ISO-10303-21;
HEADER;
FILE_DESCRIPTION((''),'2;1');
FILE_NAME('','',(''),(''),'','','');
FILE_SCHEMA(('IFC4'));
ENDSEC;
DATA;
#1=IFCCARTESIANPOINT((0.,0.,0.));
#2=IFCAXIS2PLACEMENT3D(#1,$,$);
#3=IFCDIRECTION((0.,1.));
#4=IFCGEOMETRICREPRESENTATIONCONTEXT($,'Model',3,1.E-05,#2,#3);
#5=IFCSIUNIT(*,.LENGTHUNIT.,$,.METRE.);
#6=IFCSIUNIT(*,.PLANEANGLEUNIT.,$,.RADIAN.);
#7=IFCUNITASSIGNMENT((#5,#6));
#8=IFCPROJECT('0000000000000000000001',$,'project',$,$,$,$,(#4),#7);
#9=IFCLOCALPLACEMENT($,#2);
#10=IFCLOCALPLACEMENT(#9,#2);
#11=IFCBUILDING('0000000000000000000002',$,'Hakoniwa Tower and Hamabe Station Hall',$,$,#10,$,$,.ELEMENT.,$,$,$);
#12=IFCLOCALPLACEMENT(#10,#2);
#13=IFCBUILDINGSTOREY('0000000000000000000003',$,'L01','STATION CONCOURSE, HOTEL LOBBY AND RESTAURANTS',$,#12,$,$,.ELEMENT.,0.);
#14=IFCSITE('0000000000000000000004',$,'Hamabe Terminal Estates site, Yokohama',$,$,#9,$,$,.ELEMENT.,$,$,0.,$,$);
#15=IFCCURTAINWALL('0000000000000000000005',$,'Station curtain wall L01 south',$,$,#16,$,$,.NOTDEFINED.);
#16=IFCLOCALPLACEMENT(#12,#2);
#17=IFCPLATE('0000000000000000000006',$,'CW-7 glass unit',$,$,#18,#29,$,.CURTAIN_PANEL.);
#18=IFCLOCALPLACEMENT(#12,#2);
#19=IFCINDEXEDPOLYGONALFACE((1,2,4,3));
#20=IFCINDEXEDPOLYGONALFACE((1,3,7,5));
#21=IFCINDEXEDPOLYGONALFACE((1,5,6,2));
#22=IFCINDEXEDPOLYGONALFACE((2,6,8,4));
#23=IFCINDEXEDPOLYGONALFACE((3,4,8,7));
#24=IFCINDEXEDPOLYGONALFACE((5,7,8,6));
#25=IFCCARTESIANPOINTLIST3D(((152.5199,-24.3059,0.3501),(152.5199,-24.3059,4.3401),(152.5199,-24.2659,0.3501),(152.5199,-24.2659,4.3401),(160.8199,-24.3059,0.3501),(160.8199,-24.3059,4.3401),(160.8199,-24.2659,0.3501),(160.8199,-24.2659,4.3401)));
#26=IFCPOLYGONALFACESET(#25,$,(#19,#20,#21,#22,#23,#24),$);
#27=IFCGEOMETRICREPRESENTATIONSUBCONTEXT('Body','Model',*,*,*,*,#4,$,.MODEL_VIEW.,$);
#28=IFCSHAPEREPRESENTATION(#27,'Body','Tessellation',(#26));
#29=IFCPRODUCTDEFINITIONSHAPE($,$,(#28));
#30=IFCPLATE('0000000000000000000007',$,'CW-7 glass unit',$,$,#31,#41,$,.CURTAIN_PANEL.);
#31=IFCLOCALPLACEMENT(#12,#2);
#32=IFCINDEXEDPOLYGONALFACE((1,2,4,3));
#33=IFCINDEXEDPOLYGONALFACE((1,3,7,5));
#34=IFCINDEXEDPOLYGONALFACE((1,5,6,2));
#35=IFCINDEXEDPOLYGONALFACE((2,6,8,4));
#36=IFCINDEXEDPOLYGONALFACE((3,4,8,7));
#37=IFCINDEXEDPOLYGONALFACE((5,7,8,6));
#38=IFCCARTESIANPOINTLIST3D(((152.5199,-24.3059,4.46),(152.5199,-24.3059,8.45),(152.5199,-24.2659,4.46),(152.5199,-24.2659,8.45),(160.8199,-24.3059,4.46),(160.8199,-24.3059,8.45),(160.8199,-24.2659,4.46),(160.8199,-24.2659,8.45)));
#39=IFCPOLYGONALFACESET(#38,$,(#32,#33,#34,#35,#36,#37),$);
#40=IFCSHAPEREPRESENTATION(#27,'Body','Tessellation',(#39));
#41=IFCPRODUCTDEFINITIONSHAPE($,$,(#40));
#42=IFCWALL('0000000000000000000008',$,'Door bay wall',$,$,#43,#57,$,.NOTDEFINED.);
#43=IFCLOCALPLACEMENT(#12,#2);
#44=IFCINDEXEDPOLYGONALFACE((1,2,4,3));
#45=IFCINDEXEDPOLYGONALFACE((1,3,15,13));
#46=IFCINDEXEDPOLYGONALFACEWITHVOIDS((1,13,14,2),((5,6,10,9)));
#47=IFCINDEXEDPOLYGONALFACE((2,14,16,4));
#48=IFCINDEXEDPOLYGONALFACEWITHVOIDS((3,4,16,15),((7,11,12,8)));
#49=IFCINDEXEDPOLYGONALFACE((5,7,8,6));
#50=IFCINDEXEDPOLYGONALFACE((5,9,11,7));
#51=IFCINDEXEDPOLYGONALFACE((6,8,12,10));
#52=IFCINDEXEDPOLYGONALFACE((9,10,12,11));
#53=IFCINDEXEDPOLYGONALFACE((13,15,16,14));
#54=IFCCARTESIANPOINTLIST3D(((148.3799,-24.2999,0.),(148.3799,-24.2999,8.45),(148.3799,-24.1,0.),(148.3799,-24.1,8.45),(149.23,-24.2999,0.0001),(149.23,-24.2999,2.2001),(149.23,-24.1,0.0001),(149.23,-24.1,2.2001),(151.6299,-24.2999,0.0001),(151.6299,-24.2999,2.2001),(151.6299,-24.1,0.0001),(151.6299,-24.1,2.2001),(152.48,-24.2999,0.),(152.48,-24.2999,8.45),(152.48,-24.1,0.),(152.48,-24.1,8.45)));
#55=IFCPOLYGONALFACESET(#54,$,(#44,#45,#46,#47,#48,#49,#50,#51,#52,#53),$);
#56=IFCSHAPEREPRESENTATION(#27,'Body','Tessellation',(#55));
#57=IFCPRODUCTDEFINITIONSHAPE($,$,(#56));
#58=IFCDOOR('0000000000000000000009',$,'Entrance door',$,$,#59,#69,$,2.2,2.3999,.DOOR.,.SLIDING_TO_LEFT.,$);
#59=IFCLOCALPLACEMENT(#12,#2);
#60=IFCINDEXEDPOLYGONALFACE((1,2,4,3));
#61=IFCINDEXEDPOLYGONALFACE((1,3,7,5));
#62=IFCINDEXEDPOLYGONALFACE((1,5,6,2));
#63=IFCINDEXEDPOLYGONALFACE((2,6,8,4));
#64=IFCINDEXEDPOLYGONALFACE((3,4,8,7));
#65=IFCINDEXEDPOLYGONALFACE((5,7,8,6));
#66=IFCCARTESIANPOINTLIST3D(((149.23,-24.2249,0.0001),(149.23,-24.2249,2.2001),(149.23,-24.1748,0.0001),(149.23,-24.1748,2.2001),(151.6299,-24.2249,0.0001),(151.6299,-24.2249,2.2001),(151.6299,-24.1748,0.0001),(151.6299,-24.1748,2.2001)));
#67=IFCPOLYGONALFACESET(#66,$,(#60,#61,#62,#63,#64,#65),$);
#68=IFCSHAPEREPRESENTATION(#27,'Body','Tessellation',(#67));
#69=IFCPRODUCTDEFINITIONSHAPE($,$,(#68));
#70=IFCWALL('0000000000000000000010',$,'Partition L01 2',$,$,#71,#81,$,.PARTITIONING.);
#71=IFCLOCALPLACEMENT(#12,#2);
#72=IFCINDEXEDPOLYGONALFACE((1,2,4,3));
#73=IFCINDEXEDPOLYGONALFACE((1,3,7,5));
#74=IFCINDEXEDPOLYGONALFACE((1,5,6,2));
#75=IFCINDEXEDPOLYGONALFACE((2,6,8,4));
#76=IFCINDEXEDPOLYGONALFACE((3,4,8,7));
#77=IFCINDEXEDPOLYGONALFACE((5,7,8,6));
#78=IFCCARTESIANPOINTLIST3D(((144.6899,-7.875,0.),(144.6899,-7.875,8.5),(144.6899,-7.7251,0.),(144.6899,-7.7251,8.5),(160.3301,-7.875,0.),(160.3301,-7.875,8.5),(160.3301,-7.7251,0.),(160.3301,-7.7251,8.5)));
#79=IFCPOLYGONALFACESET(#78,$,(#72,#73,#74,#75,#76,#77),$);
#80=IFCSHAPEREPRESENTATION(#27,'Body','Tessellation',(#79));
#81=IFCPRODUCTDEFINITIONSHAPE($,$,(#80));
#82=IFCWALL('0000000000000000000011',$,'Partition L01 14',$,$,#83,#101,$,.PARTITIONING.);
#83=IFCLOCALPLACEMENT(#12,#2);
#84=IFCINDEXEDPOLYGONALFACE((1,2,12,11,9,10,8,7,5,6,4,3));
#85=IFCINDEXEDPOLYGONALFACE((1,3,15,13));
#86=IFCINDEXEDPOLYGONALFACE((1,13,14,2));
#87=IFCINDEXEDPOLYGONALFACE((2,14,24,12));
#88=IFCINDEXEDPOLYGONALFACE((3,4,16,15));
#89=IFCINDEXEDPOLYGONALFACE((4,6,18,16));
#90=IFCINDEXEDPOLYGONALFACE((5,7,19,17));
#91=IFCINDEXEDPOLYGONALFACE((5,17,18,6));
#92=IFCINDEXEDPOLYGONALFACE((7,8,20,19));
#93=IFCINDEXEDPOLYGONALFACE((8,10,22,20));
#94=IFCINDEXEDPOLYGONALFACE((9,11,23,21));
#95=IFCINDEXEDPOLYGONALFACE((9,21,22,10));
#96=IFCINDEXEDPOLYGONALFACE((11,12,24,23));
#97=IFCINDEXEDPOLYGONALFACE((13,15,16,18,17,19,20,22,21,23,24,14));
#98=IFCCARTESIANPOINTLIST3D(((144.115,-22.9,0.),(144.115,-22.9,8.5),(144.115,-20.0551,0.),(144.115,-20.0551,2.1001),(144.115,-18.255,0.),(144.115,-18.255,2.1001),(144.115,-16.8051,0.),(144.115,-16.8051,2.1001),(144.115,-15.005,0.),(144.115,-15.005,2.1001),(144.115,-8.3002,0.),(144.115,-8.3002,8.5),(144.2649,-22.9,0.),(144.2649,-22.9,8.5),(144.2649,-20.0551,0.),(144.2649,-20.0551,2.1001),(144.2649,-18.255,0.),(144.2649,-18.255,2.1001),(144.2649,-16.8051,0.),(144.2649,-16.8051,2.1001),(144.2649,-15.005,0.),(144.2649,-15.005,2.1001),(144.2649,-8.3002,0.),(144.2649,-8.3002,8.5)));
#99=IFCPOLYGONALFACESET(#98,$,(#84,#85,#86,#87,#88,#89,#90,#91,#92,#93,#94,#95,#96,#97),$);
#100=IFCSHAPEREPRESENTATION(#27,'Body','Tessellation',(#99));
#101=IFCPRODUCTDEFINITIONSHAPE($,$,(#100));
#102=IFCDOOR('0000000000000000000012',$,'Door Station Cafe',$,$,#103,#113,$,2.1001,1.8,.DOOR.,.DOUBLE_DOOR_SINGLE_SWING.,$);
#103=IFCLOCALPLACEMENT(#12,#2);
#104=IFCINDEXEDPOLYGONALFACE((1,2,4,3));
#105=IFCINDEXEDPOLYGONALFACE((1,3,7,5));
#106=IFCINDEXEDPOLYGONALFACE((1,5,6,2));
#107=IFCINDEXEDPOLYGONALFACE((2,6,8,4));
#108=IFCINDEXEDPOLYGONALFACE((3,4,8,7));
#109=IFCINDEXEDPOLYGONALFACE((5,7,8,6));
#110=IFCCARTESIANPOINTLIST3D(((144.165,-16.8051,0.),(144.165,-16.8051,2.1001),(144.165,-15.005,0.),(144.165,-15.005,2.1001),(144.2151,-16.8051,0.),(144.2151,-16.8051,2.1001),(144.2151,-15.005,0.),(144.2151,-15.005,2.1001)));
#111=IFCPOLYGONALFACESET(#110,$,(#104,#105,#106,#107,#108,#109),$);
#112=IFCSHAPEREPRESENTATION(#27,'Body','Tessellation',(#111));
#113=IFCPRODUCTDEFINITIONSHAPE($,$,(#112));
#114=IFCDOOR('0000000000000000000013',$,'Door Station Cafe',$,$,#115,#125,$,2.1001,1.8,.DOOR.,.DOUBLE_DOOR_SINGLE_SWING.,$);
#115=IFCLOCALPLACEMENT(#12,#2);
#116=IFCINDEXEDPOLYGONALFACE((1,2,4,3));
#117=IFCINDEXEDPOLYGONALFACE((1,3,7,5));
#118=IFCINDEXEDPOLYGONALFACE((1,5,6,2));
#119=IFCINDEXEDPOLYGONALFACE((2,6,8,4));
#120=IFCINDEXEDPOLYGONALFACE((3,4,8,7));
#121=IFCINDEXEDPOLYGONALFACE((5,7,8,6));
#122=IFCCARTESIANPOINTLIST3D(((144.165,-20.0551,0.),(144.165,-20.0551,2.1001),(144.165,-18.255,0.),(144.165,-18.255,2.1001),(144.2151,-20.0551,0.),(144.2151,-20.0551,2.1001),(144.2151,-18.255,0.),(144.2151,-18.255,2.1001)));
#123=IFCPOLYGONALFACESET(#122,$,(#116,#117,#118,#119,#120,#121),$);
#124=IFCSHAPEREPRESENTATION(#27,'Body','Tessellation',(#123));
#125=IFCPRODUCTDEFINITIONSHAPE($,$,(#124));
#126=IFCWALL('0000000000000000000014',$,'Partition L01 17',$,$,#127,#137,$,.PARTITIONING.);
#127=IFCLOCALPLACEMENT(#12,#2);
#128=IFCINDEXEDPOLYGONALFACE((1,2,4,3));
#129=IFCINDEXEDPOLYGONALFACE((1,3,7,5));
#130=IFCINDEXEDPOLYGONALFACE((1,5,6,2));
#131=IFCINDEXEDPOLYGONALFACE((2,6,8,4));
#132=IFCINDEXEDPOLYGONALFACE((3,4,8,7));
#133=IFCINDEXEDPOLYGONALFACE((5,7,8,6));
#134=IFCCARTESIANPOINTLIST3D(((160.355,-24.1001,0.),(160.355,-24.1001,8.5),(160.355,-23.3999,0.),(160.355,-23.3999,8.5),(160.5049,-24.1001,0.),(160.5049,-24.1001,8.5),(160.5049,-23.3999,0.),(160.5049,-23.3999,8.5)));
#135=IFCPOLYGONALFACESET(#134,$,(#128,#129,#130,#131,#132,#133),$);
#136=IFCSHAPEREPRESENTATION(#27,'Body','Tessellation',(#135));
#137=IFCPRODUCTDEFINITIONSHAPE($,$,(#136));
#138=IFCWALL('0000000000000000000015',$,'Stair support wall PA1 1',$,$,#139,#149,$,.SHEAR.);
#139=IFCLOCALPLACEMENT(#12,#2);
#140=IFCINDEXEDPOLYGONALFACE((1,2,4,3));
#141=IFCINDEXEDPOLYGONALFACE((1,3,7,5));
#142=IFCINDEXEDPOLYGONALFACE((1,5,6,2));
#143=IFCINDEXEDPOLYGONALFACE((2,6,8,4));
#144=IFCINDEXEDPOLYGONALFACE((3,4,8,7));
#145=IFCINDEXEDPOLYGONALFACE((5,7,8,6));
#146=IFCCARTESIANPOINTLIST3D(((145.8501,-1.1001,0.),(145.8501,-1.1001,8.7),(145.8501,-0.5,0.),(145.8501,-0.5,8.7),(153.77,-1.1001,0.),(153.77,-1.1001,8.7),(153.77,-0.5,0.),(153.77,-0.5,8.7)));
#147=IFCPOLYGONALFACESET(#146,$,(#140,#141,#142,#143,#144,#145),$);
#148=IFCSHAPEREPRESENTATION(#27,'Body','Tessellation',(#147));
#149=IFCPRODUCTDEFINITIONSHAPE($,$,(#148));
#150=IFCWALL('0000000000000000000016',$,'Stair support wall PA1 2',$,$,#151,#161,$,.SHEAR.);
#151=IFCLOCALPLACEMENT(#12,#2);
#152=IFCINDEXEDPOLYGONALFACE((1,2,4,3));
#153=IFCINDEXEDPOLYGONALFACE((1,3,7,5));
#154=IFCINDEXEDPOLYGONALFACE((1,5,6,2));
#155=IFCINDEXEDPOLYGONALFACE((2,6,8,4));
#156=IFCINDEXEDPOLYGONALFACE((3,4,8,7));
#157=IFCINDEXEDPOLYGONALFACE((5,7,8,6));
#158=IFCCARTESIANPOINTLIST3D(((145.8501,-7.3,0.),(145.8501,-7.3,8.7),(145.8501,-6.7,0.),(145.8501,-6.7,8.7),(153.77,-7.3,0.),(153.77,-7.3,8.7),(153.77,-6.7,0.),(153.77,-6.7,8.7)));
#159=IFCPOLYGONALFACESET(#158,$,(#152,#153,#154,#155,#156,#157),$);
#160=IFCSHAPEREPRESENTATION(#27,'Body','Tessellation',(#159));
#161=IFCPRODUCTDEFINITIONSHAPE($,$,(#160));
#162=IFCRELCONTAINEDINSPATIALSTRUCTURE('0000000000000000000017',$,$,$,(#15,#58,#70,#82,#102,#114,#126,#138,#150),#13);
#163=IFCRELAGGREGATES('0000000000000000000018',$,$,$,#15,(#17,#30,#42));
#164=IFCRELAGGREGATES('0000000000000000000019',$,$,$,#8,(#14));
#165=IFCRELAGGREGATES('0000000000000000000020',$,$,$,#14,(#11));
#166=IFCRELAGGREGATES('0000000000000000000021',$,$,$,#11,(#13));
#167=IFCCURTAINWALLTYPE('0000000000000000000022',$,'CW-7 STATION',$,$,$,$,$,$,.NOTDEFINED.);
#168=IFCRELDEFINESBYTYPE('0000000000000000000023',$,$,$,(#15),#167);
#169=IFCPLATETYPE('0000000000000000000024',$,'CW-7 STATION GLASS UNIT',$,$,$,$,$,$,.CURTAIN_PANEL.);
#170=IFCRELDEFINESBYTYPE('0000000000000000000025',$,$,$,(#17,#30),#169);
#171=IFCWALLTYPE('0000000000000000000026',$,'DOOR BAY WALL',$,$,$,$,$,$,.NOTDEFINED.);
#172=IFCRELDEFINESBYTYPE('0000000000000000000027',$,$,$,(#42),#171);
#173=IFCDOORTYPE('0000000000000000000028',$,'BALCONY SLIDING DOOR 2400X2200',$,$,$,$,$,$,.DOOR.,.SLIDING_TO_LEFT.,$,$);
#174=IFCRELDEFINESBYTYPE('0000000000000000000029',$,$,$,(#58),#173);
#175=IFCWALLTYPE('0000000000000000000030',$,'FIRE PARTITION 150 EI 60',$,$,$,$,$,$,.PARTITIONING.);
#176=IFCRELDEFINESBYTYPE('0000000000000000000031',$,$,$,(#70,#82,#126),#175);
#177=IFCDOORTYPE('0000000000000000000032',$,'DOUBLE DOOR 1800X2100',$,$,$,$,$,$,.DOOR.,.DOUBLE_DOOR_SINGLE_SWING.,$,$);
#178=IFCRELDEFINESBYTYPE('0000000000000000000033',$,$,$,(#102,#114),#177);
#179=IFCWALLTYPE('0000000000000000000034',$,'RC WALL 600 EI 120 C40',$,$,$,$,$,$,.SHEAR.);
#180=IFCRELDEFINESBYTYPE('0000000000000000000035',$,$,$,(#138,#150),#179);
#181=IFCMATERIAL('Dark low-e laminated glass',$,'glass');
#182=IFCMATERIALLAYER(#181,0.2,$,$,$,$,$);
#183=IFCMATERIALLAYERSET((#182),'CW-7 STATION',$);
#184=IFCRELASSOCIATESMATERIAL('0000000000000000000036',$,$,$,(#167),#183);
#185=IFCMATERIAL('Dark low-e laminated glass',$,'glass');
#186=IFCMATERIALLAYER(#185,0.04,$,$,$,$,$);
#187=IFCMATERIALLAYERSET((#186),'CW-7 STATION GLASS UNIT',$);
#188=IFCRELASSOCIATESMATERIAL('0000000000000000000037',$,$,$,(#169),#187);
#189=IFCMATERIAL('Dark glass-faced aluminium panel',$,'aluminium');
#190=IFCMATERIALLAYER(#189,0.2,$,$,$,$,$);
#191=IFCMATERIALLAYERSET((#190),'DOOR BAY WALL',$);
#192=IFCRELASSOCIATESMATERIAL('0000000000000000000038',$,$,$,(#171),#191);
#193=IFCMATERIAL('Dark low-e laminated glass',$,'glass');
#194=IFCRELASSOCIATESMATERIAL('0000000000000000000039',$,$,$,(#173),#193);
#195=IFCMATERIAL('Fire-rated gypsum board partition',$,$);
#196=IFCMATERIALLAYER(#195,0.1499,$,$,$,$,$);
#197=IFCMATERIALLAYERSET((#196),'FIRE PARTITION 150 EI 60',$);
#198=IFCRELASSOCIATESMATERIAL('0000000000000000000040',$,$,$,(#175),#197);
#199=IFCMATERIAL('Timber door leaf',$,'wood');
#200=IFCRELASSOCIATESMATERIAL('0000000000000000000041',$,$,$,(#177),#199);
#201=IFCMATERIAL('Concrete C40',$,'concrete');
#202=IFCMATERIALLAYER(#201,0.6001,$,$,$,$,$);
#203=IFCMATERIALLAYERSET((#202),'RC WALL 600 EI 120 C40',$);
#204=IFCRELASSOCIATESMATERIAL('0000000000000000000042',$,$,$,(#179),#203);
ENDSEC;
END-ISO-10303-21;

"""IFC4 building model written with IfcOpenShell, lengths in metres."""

from ifc_helpers import new_model, si_unit, direction, frame, frame_2d, origin, origin_2d, place, context, subcontext, project, spatial, rectangle, extrude, material, layer, layer_set, type_object, element, fill, aggregate, save


model = new_model("IFC4")

# Units and contexts
model_context = context("Model", 3, precision=1e-05, world=origin(), true_north=direction((0.0, 1.0)))
body_context = subcontext(model_context, "Body", "Model", "MODEL_VIEW")
ifc_project = project(units=[si_unit("LENGTHUNIT", "METRE"), si_unit("PLANEANGLEUNIT", "RADIAN")], contexts=[model_context])

# Site, building, storey
site_placement = place(None, origin())
site = spatial("IfcSite", under=ifc_project, at=site_placement, Name="Hamabe Terminal Estates site, Yokohama", CompositionType="ELEMENT", RefElevation=0.0)
building_placement = place(site_placement, origin())
building = spatial("IfcBuilding", under=site, at=building_placement, Name="Hakoniwa Tower and Hamabe Station Hall", CompositionType="ELEMENT")
storey_placement = place(building_placement, origin())
storey = spatial("IfcBuildingStorey", under=building, at=storey_placement, Name="L01", Description="STATION CONCOURSE, HOTEL LOBBY AND RESTAURANTS", CompositionType="ELEMENT", Elevation=0.0)

# Curtain wall, plates, wall, opening, door
ifc_material_1 = material(Name="Dark low-e laminated glass", Category="glass")
ifc_layer_1 = layer(ifc_material_1, 0.2)
ifc_layer_set_1 = layer_set([ifc_layer_1], Name="CW-7 STATION")
curtain_wall_type = type_object("IfcCurtainWallType", Name="CW-7 STATION", PredefinedType="NOTDEFINED", material=ifc_layer_set_1)
curtain_wall_placement = place(storey_placement, origin())
curtain_wall = element("IfcCurtainWall", 1, at=curtain_wall_placement, inside=storey, type_object=curtain_wall_type, Name="Station curtain wall L01 south", PredefinedType="NOTDEFINED")
ifc_material_2 = material(Name="Dark low-e laminated glass", Category="glass")
ifc_layer_2 = layer(ifc_material_2, 0.04)
ifc_layer_set_2 = layer_set([ifc_layer_2], Name="CW-7 STATION GLASS UNIT")
plate_type = type_object("IfcPlateType", Name="CW-7 STATION GLASS UNIT", PredefinedType="CURTAIN_PANEL", material=ifc_layer_set_2)
plate_1_placement = place(storey_placement, frame((156.6699, -24.2859, 0.3501), z_axis=(0.0, 0.0, 1.0), x_axis=(1.0, 0.0, 0.0)))
plate_1 = element("IfcPlate", 2, at=plate_1_placement, type_object=plate_type, Name="CW-7 glass unit", PredefinedType="CURTAIN_PANEL", context=body_context, shape_type="SweptSolid", body=[
    extrude(rectangle(XDim=8.3, YDim=0.04, at=origin_2d()), origin(), (0.0, 0.0, 1.0), 3.99),
])
plate_2_placement = place(storey_placement, frame((156.6699, -24.2859, 4.46), z_axis=(0.0, 0.0, 1.0), x_axis=(1.0, 0.0, 0.0)))
plate_2 = element("IfcPlate", 3, at=plate_2_placement, type_object=plate_type, Name="CW-7 glass unit", PredefinedType="CURTAIN_PANEL", context=body_context, shape_type="SweptSolid", body=[
    extrude(rectangle(XDim=8.3, YDim=0.04, at=origin_2d()), origin(), (0.0, 0.0, 1.0), 3.99),
])
ifc_material_3 = material(Name="Dark glass-faced aluminium panel", Category="aluminium")
ifc_layer_3 = layer(ifc_material_3, 0.2)
ifc_layer_set_3 = layer_set([ifc_layer_3], Name="DOOR BAY WALL")
wall_type_1 = type_object("IfcWallType", Name="DOOR BAY WALL", PredefinedType="NOTDEFINED", material=ifc_layer_set_3)
wall_1_placement = place(storey_placement, frame((148.3799, -24.2, 0.0), z_axis=(0.0, 0.0, 1.0), x_axis=(1.0, 0.0, 0.0)))
wall_1 = element("IfcWall", 4, at=wall_1_placement, type_object=wall_type_1, Name="Door bay wall", PredefinedType="NOTDEFINED", context=body_context, shape_type="SweptSolid", body=[
    extrude(rectangle(XDim=4.1001, YDim=0.2, at=frame_2d((2.05, 0.0))), origin(), (0.0, 0.0, 1.0), 8.45),
])
opening_1_placement = place(wall_1_placement, frame((0.8501, 0.0, 0.0)))
opening_1 = element("IfcOpeningElement", 5, at=opening_1_placement, cuts=wall_1, PredefinedType="OPENING", context=body_context, shape_type="SweptSolid", body=[
    extrude(rectangle(XDim=2.3999, YDim=2.2, at=frame_2d((1.2, 1.1001))), frame((0.0, 0.1099, 0.0), z_axis=(0.0, -1.0, 0.0), x_axis=(1.0, 0.0, 0.0)), (0.0, 0.0, 1.0), 0.22),
])
ifc_material_4 = material(Name="Dark low-e laminated glass", Category="glass")
door_type_1 = type_object("IfcDoorType", Name="BALCONY SLIDING DOOR 2400X2200", OperationType="SLIDING_TO_LEFT", PredefinedType="DOOR", material=ifc_material_4)
door_1_placement = place(opening_1_placement, frame((2.3999, 0.0, 0.0), z_axis=(0.0, 0.0, 1.0), x_axis=(-1.0, 0.0, 0.0)))
door_1 = element("IfcDoor", 6, at=door_1_placement, inside=storey, type_object=door_type_1, Name="Entrance door", OperationType="SLIDING_TO_LEFT", OverallHeight=2.2, OverallWidth=2.3999, PredefinedType="DOOR", context=body_context, shape_type="SweptSolid", body=[
    extrude(rectangle(XDim=2.3999, YDim=2.2, at=frame_2d((1.2, 1.1001))), frame((0.0, 0.0249, 0.0), z_axis=(0.0, -1.0, 0.0), x_axis=(1.0, 0.0, 0.0)), (0.0, 0.0, 1.0), 0.05),
])
fill(opening_1, door_1)
aggregate(curtain_wall, [plate_1, plate_2, wall_1])

# Wall
ifc_material_5 = material(Name="Fire-rated gypsum board partition")
ifc_layer_4 = layer(ifc_material_5, 0.1499)
ifc_layer_set_4 = layer_set([ifc_layer_4], Name="FIRE PARTITION 150 EI 60")
wall_type_2 = type_object("IfcWallType", Name="FIRE PARTITION 150 EI 60", PredefinedType="PARTITIONING", material=ifc_layer_set_4)
wall_2_placement = place(storey_placement, frame((144.6899, -7.8, 0.0), z_axis=(0.0, 0.0, 1.0), x_axis=(1.0, 0.0, 0.0)))
element("IfcWall", 7, at=wall_2_placement, inside=storey, type_object=wall_type_2, Name="Partition L01 2", PredefinedType="PARTITIONING", context=body_context, shape_type="SweptSolid", body=[
    extrude(rectangle(XDim=15.6401, YDim=0.1499, at=frame_2d((7.8201, 0.0))), origin(), (0.0, 0.0, 1.0), 8.5),
])

# Wall, openings, doors
wall_3_placement = place(storey_placement, frame((144.1899, -22.8999, 0.0), z_axis=(0.0, 0.0, 1.0), x_axis=(0.0, 1.0, 0.0)))
wall_3 = element("IfcWall", 8, at=wall_3_placement, inside=storey, type_object=wall_type_2, Name="Partition L01 14", PredefinedType="PARTITIONING", context=body_context, shape_type="SweptSolid", body=[
    extrude(rectangle(XDim=14.5999, YDim=0.1499, at=frame_2d((7.2998, 0.0))), origin(), (0.0, 0.0, 1.0), 8.5),
])
opening_2_placement = place(wall_3_placement, frame((6.095, 0.0, 0.0)))
opening_2 = element("IfcOpeningElement", 9, at=opening_2_placement, cuts=wall_3, PredefinedType="OPENING", context=body_context, shape_type="SweptSolid", body=[
    extrude(rectangle(XDim=1.8, YDim=2.1001, at=frame_2d((0.8999, 1.05))), frame((0.0, 0.085, 0.0), z_axis=(0.0, -1.0, 0.0), x_axis=(1.0, 0.0, 0.0)), (0.0, 0.0, 1.0), 0.1699),
])
opening_3_placement = place(wall_3_placement, frame((2.845, 0.0, 0.0)))
opening_3 = element("IfcOpeningElement", 10, at=opening_3_placement, cuts=wall_3, PredefinedType="OPENING", context=body_context, shape_type="SweptSolid", body=[
    extrude(rectangle(XDim=1.8, YDim=2.1001, at=frame_2d((0.8999, 1.05))), frame((0.0, 0.085, 0.0), z_axis=(0.0, -1.0, 0.0), x_axis=(1.0, 0.0, 0.0)), (0.0, 0.0, 1.0), 0.1699),
])
ifc_material_6 = material(Name="Timber door leaf", Category="wood")
door_type_2 = type_object("IfcDoorType", Name="DOUBLE DOOR 1800X2100", OperationType="DOUBLE_DOOR_SINGLE_SWING", PredefinedType="DOOR", material=ifc_material_6)
door_2_placement = place(opening_2_placement, origin())
door_2 = element("IfcDoor", 11, at=door_2_placement, inside=storey, type_object=door_type_2, Name="Door Station Cafe", OperationType="DOUBLE_DOOR_SINGLE_SWING", OverallHeight=2.1001, OverallWidth=1.8, PredefinedType="DOOR", context=body_context, shape_type="SweptSolid", body=[
    extrude(rectangle(XDim=1.8, YDim=2.1001, at=frame_2d((0.8999, 1.05))), frame((0.0, 0.0249, 0.0), z_axis=(0.0, -1.0, 0.0), x_axis=(1.0, 0.0, 0.0)), (0.0, 0.0, 1.0), 0.05),
])
fill(opening_2, door_2)
door_3_placement = place(opening_3_placement, origin())
door_3 = element("IfcDoor", 12, at=door_3_placement, inside=storey, type_object=door_type_2, Name="Door Station Cafe", OperationType="DOUBLE_DOOR_SINGLE_SWING", OverallHeight=2.1001, OverallWidth=1.8, PredefinedType="DOOR", context=body_context, shape_type="SweptSolid", body=[
    extrude(rectangle(XDim=1.8, YDim=2.1001, at=frame_2d((0.8999, 1.05))), frame((0.0, 0.0249, 0.0), z_axis=(0.0, -1.0, 0.0), x_axis=(1.0, 0.0, 0.0)), (0.0, 0.0, 1.0), 0.05),
])
fill(opening_3, door_3)

# Walls
wall_4_placement = place(storey_placement, frame((160.4299, -24.1001, 0.0), z_axis=(0.0, 0.0, 1.0), x_axis=(0.0, 1.0, 0.0)))
element("IfcWall", 13, at=wall_4_placement, inside=storey, type_object=wall_type_2, Name="Partition L01 17", PredefinedType="PARTITIONING", context=body_context, shape_type="SweptSolid", body=[
    extrude(rectangle(XDim=0.7002, YDim=0.1499, at=frame_2d((0.3501, 0.0))), origin(), (0.0, 0.0, 1.0), 8.5),
])
ifc_material_7 = material(Name="Concrete C40", Category="concrete")
ifc_layer_5 = layer(ifc_material_7, 0.6001)
ifc_layer_set_5 = layer_set([ifc_layer_5], Name="RC WALL 600 EI 120 C40")
wall_type_3 = type_object("IfcWallType", Name="RC WALL 600 EI 120 C40", PredefinedType="SHEAR", material=ifc_layer_set_5)
for number, where, z_axis, x_axis, name in (
    (14, (153.77, -0.8, 0.0), (0.0, 0.0, 1.0), (-1.0, 0.0, 0.0), "Stair support wall PA1 1"),
    (15, (153.77, -7.0, 0.0), (0.0, 0.0, 1.0), (-1.0, 0.0, 0.0), "Stair support wall PA1 2"),
):
    element("IfcWall", number, at=place(storey_placement, frame(where, z_axis=z_axis, x_axis=x_axis)), inside=storey, type_object=wall_type_3, Name=name, PredefinedType="SHEAR", context=body_context, shape_type="SweptSolid", body=[
        extrude(rectangle(XDim=7.9199, YDim=0.6001, at=frame_2d((3.96, 0.0))), origin(), (0.0, 0.0, 1.0), 8.7),
    ])

save(model, "model.ifc")
